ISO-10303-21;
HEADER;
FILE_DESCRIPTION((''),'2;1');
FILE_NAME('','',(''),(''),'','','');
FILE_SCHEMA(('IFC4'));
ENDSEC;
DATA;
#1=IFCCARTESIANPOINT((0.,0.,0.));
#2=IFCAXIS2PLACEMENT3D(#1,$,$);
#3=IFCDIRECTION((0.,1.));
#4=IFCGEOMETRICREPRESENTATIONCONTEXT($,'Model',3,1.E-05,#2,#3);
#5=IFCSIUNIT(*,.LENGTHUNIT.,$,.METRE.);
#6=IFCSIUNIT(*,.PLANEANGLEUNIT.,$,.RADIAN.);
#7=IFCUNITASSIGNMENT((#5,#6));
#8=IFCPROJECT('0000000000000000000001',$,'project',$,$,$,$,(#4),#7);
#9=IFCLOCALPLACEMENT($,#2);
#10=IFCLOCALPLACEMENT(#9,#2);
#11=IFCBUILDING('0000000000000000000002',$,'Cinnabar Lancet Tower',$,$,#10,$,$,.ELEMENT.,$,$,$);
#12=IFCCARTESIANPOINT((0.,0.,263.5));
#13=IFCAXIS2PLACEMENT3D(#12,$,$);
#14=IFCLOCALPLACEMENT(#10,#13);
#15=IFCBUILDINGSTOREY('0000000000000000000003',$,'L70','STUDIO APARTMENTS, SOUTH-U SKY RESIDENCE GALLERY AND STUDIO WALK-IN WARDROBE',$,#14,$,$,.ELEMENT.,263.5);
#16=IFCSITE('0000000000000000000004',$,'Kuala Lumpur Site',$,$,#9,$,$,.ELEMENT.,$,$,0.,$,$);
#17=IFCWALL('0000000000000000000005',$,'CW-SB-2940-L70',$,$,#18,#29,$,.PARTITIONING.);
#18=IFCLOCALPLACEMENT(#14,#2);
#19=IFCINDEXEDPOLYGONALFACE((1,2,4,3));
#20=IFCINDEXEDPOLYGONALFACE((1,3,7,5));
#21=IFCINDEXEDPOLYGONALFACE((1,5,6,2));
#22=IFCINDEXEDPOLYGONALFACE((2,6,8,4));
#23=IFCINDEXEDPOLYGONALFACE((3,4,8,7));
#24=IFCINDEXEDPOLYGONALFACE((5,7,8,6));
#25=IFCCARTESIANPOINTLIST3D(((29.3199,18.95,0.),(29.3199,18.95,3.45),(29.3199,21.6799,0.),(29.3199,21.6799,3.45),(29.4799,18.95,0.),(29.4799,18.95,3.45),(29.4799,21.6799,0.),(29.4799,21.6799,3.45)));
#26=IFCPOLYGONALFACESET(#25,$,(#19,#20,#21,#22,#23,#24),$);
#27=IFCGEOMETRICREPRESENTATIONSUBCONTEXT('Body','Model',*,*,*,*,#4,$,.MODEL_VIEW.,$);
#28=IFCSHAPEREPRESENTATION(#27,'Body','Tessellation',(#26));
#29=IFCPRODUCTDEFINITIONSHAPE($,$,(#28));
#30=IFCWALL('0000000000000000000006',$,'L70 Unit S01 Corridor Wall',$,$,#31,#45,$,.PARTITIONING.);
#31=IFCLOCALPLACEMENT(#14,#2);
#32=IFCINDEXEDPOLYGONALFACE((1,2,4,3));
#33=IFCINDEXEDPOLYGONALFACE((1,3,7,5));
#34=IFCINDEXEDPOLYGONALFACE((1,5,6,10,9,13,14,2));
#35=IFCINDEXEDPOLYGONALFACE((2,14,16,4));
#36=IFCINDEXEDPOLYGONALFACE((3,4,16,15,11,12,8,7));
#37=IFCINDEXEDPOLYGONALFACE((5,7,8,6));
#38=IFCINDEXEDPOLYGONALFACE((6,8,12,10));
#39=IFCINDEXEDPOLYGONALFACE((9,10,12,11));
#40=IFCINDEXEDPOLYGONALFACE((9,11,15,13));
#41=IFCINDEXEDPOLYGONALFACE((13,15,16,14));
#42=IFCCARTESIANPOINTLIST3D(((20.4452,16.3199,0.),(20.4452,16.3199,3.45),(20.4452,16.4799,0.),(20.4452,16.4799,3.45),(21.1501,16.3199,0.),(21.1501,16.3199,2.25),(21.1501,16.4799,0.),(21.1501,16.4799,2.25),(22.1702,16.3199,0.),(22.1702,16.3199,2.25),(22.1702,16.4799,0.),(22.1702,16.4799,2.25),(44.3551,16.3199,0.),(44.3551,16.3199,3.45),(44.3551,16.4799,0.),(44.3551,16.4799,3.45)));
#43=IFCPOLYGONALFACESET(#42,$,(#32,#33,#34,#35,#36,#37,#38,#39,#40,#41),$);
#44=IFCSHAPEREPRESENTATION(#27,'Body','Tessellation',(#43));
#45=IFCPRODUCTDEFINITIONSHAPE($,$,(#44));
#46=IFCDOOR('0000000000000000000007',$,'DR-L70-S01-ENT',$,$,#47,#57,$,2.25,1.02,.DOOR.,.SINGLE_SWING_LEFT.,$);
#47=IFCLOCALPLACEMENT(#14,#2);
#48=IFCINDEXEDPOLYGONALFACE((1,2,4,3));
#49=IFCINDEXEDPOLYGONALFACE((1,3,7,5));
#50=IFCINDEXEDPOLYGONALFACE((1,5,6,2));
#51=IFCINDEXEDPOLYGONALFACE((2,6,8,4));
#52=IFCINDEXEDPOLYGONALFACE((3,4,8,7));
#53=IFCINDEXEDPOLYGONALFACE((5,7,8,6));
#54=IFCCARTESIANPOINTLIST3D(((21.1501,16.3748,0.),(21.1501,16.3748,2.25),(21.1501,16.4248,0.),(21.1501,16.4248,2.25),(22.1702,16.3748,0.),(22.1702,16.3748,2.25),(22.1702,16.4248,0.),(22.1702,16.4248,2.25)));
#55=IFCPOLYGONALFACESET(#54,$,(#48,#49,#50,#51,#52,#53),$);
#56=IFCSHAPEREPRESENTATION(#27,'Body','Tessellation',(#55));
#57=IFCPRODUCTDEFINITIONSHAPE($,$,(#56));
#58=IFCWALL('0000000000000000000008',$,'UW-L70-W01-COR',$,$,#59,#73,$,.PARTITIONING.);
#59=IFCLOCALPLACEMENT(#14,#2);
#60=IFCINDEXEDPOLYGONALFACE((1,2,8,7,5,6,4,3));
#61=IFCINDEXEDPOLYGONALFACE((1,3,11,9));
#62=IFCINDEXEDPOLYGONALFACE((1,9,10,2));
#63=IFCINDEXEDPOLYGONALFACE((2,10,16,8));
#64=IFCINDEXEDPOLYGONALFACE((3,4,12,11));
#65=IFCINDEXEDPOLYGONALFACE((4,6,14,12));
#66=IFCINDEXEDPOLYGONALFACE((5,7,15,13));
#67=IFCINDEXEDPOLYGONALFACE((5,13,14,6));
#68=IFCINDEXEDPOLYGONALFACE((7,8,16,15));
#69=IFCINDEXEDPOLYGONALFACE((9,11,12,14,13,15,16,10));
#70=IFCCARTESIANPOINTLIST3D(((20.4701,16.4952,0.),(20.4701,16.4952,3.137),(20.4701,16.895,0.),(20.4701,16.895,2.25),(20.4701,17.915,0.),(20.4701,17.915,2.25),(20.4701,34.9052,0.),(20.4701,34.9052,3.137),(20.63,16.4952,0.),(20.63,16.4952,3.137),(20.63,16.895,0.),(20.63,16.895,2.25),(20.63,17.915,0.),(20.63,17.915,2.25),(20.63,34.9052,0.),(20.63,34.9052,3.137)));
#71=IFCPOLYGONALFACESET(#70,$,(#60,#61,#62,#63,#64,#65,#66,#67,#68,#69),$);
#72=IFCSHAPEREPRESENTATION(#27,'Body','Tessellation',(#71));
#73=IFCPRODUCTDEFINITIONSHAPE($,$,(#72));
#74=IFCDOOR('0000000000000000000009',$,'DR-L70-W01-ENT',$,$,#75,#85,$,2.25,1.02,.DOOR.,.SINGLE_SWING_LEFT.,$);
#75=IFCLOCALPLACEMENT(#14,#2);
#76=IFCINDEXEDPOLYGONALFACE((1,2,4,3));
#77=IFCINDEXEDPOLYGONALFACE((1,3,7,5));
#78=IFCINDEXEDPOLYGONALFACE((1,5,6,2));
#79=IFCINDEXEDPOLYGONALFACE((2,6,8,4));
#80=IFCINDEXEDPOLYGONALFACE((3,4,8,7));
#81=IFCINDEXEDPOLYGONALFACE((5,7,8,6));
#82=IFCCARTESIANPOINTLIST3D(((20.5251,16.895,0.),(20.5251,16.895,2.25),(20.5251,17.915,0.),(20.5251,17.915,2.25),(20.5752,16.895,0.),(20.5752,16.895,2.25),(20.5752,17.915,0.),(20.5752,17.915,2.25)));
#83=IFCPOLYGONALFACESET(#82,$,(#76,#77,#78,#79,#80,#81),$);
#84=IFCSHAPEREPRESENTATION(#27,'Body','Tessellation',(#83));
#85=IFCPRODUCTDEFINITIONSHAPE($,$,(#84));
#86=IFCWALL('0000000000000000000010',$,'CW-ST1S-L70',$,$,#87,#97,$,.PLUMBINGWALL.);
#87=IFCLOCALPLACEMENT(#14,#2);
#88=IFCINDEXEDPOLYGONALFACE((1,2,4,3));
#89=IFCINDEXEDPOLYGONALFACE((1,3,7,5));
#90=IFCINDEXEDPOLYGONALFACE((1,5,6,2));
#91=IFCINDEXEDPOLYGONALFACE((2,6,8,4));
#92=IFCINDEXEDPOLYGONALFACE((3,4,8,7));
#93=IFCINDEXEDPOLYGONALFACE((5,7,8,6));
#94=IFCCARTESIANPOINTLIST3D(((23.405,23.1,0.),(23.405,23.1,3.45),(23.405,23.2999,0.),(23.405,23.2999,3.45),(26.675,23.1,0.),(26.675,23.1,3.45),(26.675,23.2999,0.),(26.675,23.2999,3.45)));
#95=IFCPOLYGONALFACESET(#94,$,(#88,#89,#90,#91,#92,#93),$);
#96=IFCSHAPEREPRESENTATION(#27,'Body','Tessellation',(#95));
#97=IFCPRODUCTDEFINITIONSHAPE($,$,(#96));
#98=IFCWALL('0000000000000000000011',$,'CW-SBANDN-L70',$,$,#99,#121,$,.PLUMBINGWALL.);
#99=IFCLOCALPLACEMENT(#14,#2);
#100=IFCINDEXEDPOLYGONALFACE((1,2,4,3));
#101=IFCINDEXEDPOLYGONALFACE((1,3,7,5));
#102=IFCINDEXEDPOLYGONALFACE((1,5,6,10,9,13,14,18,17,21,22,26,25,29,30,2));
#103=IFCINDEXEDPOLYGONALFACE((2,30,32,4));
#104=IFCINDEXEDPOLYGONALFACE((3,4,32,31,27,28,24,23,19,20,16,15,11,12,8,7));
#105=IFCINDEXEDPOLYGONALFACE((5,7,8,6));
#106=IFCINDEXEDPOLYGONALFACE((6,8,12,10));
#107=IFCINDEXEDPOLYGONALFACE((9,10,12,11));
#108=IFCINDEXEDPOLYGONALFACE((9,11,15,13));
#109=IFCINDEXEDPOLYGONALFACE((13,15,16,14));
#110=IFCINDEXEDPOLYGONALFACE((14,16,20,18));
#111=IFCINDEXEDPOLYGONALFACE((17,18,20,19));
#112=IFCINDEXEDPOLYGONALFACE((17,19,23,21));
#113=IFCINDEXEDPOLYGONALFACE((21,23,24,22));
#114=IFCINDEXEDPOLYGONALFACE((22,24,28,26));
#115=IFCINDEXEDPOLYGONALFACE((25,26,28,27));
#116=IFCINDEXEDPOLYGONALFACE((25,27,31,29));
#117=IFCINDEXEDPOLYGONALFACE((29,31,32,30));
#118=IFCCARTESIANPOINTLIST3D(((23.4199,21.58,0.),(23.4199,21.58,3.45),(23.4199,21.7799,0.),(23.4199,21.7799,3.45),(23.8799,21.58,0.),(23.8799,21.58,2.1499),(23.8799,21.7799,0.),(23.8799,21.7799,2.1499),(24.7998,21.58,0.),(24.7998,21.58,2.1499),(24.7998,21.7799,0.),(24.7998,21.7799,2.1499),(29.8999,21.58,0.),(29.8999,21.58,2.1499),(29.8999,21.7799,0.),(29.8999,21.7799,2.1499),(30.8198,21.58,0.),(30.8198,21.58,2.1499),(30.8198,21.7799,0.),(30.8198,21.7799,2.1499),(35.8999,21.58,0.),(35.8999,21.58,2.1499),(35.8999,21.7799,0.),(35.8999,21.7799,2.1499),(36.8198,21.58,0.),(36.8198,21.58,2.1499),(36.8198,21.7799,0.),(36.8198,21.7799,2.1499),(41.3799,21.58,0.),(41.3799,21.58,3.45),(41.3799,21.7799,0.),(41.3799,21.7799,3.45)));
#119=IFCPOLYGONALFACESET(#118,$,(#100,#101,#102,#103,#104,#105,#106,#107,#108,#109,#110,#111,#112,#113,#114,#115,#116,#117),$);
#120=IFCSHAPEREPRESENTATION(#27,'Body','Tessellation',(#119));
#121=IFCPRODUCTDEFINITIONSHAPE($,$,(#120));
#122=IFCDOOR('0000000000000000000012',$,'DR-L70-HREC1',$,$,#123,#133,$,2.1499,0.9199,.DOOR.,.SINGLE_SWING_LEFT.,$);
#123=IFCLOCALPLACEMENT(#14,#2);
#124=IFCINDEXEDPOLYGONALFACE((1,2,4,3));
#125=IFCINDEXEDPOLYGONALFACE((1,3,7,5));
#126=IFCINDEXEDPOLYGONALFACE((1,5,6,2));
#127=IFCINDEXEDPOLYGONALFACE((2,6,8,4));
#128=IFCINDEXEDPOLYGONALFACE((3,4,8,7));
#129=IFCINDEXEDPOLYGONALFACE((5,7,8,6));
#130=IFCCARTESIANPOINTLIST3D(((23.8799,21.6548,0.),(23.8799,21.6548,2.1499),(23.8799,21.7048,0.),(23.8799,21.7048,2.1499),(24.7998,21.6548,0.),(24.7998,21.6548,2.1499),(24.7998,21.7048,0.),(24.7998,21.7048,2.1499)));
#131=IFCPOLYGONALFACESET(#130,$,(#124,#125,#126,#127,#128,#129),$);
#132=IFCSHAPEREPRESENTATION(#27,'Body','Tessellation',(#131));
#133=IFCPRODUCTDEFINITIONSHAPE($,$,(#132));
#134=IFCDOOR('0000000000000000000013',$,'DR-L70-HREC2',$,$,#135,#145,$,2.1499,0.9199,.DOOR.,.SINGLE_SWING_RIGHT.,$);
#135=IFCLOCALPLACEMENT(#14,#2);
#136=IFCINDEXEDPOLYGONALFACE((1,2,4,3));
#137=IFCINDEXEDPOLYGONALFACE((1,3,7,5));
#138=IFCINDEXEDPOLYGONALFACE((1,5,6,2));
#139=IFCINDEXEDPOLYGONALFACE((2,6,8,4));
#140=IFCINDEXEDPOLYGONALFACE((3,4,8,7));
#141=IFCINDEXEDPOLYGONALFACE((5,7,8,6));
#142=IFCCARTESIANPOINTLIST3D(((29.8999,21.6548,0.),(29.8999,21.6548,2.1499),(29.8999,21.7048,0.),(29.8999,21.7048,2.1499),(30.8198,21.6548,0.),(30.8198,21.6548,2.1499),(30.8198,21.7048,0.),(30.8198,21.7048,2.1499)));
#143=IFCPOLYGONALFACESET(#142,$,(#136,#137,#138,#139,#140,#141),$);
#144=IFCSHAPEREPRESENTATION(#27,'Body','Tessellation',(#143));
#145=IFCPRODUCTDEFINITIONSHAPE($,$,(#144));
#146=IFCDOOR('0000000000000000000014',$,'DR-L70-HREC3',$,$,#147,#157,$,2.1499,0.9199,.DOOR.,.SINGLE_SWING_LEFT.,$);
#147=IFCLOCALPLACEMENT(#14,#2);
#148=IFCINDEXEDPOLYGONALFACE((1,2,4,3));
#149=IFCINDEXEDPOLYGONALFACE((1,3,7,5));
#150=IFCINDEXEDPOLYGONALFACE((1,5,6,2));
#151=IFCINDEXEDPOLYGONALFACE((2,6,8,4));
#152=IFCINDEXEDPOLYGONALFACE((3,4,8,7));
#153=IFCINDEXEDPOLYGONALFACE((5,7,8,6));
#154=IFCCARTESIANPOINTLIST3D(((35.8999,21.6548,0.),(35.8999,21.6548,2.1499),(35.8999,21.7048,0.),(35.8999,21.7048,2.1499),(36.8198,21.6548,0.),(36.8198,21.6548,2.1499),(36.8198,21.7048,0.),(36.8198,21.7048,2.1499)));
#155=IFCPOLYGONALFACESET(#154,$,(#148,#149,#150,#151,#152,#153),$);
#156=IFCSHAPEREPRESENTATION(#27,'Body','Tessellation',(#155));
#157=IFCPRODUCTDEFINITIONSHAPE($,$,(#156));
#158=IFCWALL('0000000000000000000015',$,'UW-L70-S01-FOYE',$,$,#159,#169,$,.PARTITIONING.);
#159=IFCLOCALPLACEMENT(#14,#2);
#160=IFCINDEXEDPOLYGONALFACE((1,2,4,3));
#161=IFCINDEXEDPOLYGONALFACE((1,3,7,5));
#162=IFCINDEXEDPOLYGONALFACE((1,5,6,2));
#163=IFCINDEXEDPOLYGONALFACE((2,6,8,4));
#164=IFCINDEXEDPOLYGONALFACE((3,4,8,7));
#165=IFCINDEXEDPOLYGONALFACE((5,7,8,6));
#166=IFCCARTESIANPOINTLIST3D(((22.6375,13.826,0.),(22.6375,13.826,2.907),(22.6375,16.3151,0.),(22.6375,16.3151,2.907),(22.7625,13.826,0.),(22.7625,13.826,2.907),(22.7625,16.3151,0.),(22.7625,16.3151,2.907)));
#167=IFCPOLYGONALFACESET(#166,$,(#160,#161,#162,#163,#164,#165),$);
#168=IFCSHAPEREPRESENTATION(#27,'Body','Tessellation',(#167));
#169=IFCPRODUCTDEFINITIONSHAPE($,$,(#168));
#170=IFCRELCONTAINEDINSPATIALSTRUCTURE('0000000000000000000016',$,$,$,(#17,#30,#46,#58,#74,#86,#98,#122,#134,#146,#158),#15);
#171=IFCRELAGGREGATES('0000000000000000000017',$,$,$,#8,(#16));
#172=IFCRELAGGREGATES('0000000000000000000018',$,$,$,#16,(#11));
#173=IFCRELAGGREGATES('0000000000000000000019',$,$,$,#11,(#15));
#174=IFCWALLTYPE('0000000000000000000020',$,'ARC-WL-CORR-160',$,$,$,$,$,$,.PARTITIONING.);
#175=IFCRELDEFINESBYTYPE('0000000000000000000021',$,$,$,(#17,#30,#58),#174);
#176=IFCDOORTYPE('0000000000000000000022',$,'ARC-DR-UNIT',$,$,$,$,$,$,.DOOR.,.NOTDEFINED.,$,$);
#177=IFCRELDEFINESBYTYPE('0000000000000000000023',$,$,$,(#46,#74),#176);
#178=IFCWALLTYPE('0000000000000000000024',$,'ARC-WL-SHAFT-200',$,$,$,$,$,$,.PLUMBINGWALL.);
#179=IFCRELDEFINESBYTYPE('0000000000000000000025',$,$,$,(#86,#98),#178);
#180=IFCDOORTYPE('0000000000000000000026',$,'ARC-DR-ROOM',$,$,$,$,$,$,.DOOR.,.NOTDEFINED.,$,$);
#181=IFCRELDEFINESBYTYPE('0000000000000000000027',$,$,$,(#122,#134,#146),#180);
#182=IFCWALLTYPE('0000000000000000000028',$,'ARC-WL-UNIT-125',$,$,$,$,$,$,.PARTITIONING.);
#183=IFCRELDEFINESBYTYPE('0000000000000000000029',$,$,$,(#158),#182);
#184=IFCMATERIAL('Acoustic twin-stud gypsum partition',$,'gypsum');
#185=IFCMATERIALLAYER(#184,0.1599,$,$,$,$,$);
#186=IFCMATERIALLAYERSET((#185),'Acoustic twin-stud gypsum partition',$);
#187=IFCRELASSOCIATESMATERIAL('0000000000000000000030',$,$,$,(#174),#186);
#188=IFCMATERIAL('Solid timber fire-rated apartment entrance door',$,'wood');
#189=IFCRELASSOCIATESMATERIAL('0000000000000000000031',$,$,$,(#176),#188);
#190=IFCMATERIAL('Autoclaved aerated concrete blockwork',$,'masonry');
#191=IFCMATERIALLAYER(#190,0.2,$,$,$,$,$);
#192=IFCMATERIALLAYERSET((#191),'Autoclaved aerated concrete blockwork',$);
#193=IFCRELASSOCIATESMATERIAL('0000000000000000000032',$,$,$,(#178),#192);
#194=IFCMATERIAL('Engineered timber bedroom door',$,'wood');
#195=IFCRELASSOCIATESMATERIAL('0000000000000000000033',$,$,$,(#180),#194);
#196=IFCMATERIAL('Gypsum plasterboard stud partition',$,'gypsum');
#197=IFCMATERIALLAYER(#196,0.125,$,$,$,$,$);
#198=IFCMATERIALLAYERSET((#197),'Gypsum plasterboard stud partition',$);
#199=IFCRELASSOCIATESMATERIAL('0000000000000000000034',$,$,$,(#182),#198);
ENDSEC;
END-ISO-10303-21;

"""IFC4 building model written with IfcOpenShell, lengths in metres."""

from ifc_helpers import new_model, si_unit, direction, frame, frame_2d, origin, place, context, subcontext, project, spatial, rectangle, extrude, material, layer, layer_set, type_object, element, fill, save


model = new_model("IFC4")

# Units and contexts
model_context = context("Model", 3, precision=1e-05, world=origin(), true_north=direction((0.0, 1.0)))
body_context = subcontext(model_context, "Body", "Model", "MODEL_VIEW")
ifc_project = project(units=[si_unit("LENGTHUNIT", "METRE"), si_unit("PLANEANGLEUNIT", "RADIAN")], contexts=[model_context])

# Site, building, storey
site_placement = place(None, origin())
site = spatial("IfcSite", under=ifc_project, at=site_placement, Name="Kuala Lumpur Site", CompositionType="ELEMENT", RefElevation=0.0)
building_placement = place(site_placement, origin())
building = spatial("IfcBuilding", under=site, at=building_placement, Name="Cinnabar Lancet Tower", CompositionType="ELEMENT")
storey_placement = place(building_placement, frame((0.0, 0.0, 263.5)))
storey = spatial("IfcBuildingStorey", under=building, at=storey_placement, Name="L70", Description="STUDIO APARTMENTS, SOUTH-U SKY RESIDENCE GALLERY AND STUDIO WALK-IN WARDROBE", CompositionType="ELEMENT", Elevation=263.5)

# Wall
ifc_material_1 = material(Name="Acoustic twin-stud gypsum partition", Category="gypsum")
ifc_layer_1 = layer(ifc_material_1, 0.1599)
ifc_layer_set_1 = layer_set([ifc_layer_1], Name="Acoustic twin-stud gypsum partition")
wall_type_1 = type_object("IfcWallType", Name="ARC-WL-CORR-160", PredefinedType="PARTITIONING", material=ifc_layer_set_1)
wall_1_placement = place(storey_placement, frame((29.3999, 18.95, 0.0), z_axis=(0.0, 0.0, 1.0), x_axis=(0.0, 1.0, 0.0)))
element("IfcWall", 1, at=wall_1_placement, inside=storey, type_object=wall_type_1, Name="CW-SB-2940-L70", PredefinedType="PARTITIONING", context=body_context, shape_type="SweptSolid", body=[
    extrude(rectangle(XDim=2.73, YDim=0.1599, at=frame_2d((1.365, 0.0))), origin(), (0.0, 0.0, 1.0), 3.45),
])

# Walls, openings, doors
wall_2_placement = place(storey_placement, frame((20.4451, 16.3999, 0.0), z_axis=(0.0, 0.0, 1.0), x_axis=(1.0, 0.0, 0.0)))
wall_2 = element("IfcWall", 2, at=wall_2_placement, inside=storey, type_object=wall_type_1, Name="L70 Unit S01 Corridor Wall", PredefinedType="PARTITIONING", context=body_context, shape_type="SweptSolid", body=[
    extrude(rectangle(XDim=23.9099, YDim=0.1599, at=frame_2d((11.9551, 0.0))), origin(), (0.0, 0.0, 1.0), 3.45),
])
opening_1_placement = place(wall_2_placement, frame((0.7051, 0.0, 0.0)))
opening_1 = element("IfcOpeningElement", 3, at=opening_1_placement, cuts=wall_2, PredefinedType="OPENING", context=body_context, shape_type="SweptSolid", body=[
    extrude(rectangle(XDim=1.02, YDim=2.25, at=frame_2d((0.51, 1.125))), frame((0.0, 0.0898, 0.0), z_axis=(0.0, -1.0, 0.0), x_axis=(1.0, 0.0, 0.0)), (0.0, 0.0, 1.0), 0.1799),
])
ifc_material_2 = material(Name="Solid timber fire-rated apartment entrance door", Category="wood")
door_type_1 = type_object("IfcDoorType", Name="ARC-DR-UNIT", OperationType="NOTDEFINED", PredefinedType="DOOR", material=ifc_material_2)
door_1_placement = place(opening_1_placement, origin())
door_1 = element("IfcDoor", 4, at=door_1_placement, inside=storey, type_object=door_type_1, Name="DR-L70-S01-ENT", OperationType="SINGLE_SWING_LEFT", OverallHeight=2.25, OverallWidth=1.02, PredefinedType="DOOR", context=body_context, shape_type="SweptSolid", body=[
    extrude(rectangle(XDim=1.02, YDim=2.25, at=frame_2d((0.51, 1.125))), frame((0.0, 0.0249, 0.0), z_axis=(0.0, -1.0, 0.0), x_axis=(1.0, 0.0, 0.0)), (0.0, 0.0, 1.0), 0.05),
])
fill(opening_1, door_1)
wall_3_placement = place(storey_placement, frame((20.55, 16.4951, 0.0), z_axis=(0.0, 0.0, 1.0), x_axis=(0.0, 1.0, 0.0)))
wall_3 = element("IfcWall", 5, at=wall_3_placement, inside=storey, type_object=wall_type_1, Name="UW-L70-W01-COR", PredefinedType="PARTITIONING", context=body_context, shape_type="SweptSolid", body=[
    extrude(rectangle(XDim=18.4099, YDim=0.1599, at=frame_2d((9.2051, 0.0))), origin(), (0.0, 0.0, 1.0), 3.137),
])
opening_2_placement = place(wall_3_placement, frame((0.3999, 0.0, 0.0)))
opening_2 = element("IfcOpeningElement", 6, at=opening_2_placement, cuts=wall_3, PredefinedType="OPENING", context=body_context, shape_type="SweptSolid", body=[
    extrude(rectangle(XDim=1.02, YDim=2.25, at=frame_2d((0.51, 1.125))), frame((0.0, 0.0898, 0.0), z_axis=(0.0, -1.0, 0.0), x_axis=(1.0, 0.0, 0.0)), (0.0, 0.0, 1.0), 0.1799),
])
door_2_placement = place(opening_2_placement, origin())
door_2 = element("IfcDoor", 7, at=door_2_placement, inside=storey, type_object=door_type_1, Name="DR-L70-W01-ENT", OperationType="SINGLE_SWING_LEFT", OverallHeight=2.25, OverallWidth=1.02, PredefinedType="DOOR", context=body_context, shape_type="SweptSolid", body=[
    extrude(rectangle(XDim=1.02, YDim=2.25, at=frame_2d((0.51, 1.125))), frame((0.0, 0.0249, 0.0), z_axis=(0.0, -1.0, 0.0), x_axis=(1.0, 0.0, 0.0)), (0.0, 0.0, 1.0), 0.05),
])
fill(opening_2, door_2)

# Wall
ifc_material_3 = material(Name="Autoclaved aerated concrete blockwork", Category="masonry")
ifc_layer_2 = layer(ifc_material_3, 0.2)
ifc_layer_set_2 = layer_set([ifc_layer_2], Name="Autoclaved aerated concrete blockwork")
wall_type_2 = type_object("IfcWallType", Name="ARC-WL-SHAFT-200", PredefinedType="PLUMBINGWALL", material=ifc_layer_set_2)
wall_4_placement = place(storey_placement, frame((23.405, 23.2, 0.0), z_axis=(0.0, 0.0, 1.0), x_axis=(1.0, 0.0, 0.0)))
element("IfcWall", 8, at=wall_4_placement, inside=storey, type_object=wall_type_2, Name="CW-ST1S-L70", PredefinedType="PLUMBINGWALL", context=body_context, shape_type="SweptSolid", body=[
    extrude(rectangle(XDim=3.27, YDim=0.2, at=frame_2d((1.635, 0.0))), origin(), (0.0, 0.0, 1.0), 3.45),
])

# Wall, openings, doors
wall_5_placement = place(storey_placement, frame((23.4199, 21.6799, 0.0), z_axis=(0.0, 0.0, 1.0), x_axis=(1.0, 0.0, 0.0)))
wall_5 = element("IfcWall", 9, at=wall_5_placement, inside=storey, type_object=wall_type_2, Name="CW-SBANDN-L70", PredefinedType="PLUMBINGWALL", context=body_context, shape_type="SweptSolid", body=[
    extrude(rectangle(XDim=17.96, YDim=0.2, at=frame_2d((8.98, 0.0))), origin(), (0.0, 0.0, 1.0), 3.45),
])
opening_3_placement = place(wall_5_placement, frame((0.46, 0.0, 0.0)))
opening_3 = element("IfcOpeningElement", 10, at=opening_3_placement, cuts=wall_5, PredefinedType="OPENING", context=body_context, shape_type="SweptSolid", body=[
    extrude(rectangle(XDim=0.9199, YDim=2.1499, at=frame_2d((0.46, 1.075))), frame((0.0, 0.1099, 0.0), z_axis=(0.0, -1.0, 0.0), x_axis=(1.0, 0.0, 0.0)), (0.0, 0.0, 1.0), 0.22),
])
opening_4_placement = place(wall_5_placement, frame((6.48, 0.0, 0.0)))
opening_4 = element("IfcOpeningElement", 11, at=opening_4_placement, cuts=wall_5, PredefinedType="OPENING", context=body_context, shape_type="SweptSolid", body=[
    extrude(rectangle(XDim=0.9199, YDim=2.1499, at=frame_2d((0.46, 1.075))), frame((0.0, 0.1099, 0.0), z_axis=(0.0, -1.0, 0.0), x_axis=(1.0, 0.0, 0.0)), (0.0, 0.0, 1.0), 0.22),
])
opening_5_placement = place(wall_5_placement, frame((12.48, 0.0, 0.0)))
opening_5 = element("IfcOpeningElement", 12, at=opening_5_placement, cuts=wall_5, PredefinedType="OPENING", context=body_context, shape_type="SweptSolid", body=[
    extrude(rectangle(XDim=0.9199, YDim=2.1499, at=frame_2d((0.46, 1.075))), frame((0.0, 0.1099, 0.0), z_axis=(0.0, -1.0, 0.0), x_axis=(1.0, 0.0, 0.0)), (0.0, 0.0, 1.0), 0.22),
])
ifc_material_4 = material(Name="Engineered timber bedroom door", Category="wood")
door_type_2 = type_object("IfcDoorType", Name="ARC-DR-ROOM", OperationType="NOTDEFINED", PredefinedType="DOOR", material=ifc_material_4)
door_3_placement = place(opening_3_placement, origin())
door_3 = element("IfcDoor", 13, at=door_3_placement, inside=storey, type_object=door_type_2, Name="DR-L70-HREC1", OperationType="SINGLE_SWING_LEFT", OverallHeight=2.1499, OverallWidth=0.9199, PredefinedType="DOOR", context=body_context, shape_type="SweptSolid", body=[
    extrude(rectangle(XDim=0.9199, YDim=2.1499, at=frame_2d((0.46, 1.075))), frame((0.0, 0.0249, 0.0), z_axis=(0.0, -1.0, 0.0), x_axis=(1.0, 0.0, 0.0)), (0.0, 0.0, 1.0), 0.05),
])
fill(opening_3, door_3)
door_4_placement = place(opening_4_placement, origin())
door_4 = element("IfcDoor", 14, at=door_4_placement, inside=storey, type_object=door_type_2, Name="DR-L70-HREC2", OperationType="SINGLE_SWING_RIGHT", OverallHeight=2.1499, OverallWidth=0.9199, PredefinedType="DOOR", context=body_context, shape_type="SweptSolid", body=[
    extrude(rectangle(XDim=0.9199, YDim=2.1499, at=frame_2d((0.46, 1.075))), frame((0.0, 0.0249, 0.0), z_axis=(0.0, -1.0, 0.0), x_axis=(1.0, 0.0, 0.0)), (0.0, 0.0, 1.0), 0.05),
])
fill(opening_4, door_4)
door_5_placement = place(opening_5_placement, origin())
door_5 = element("IfcDoor", 15, at=door_5_placement, inside=storey, type_object=door_type_2, Name="DR-L70-HREC3", OperationType="SINGLE_SWING_LEFT", OverallHeight=2.1499, OverallWidth=0.9199, PredefinedType="DOOR", context=body_context, shape_type="SweptSolid", body=[
    extrude(rectangle(XDim=0.9199, YDim=2.1499, at=frame_2d((0.46, 1.075))), frame((0.0, 0.0249, 0.0), z_axis=(0.0, -1.0, 0.0), x_axis=(1.0, 0.0, 0.0)), (0.0, 0.0, 1.0), 0.05),
])
fill(opening_5, door_5)

# Wall
ifc_material_5 = material(Name="Gypsum plasterboard stud partition", Category="gypsum")
ifc_layer_3 = layer(ifc_material_5, 0.125)
ifc_layer_set_3 = layer_set([ifc_layer_3], Name="Gypsum plasterboard stud partition")
wall_type_3 = type_object("IfcWallType", Name="ARC-WL-UNIT-125", PredefinedType="PARTITIONING", material=ifc_layer_set_3)
wall_6_placement = place(storey_placement, frame((22.7, 13.8259, 0.0), z_axis=(0.0, 0.0, 1.0), x_axis=(0.0, 1.0, 0.0)))
element("IfcWall", 16, at=wall_6_placement, inside=storey, type_object=wall_type_3, Name="UW-L70-S01-FOYE", PredefinedType="PARTITIONING", context=body_context, shape_type="SweptSolid", body=[
    extrude(rectangle(XDim=2.489, YDim=0.125, at=frame_2d((1.2446, 0.0))), origin(), (0.0, 0.0, 1.0), 2.907),
])

save(model, "model.ifc")
